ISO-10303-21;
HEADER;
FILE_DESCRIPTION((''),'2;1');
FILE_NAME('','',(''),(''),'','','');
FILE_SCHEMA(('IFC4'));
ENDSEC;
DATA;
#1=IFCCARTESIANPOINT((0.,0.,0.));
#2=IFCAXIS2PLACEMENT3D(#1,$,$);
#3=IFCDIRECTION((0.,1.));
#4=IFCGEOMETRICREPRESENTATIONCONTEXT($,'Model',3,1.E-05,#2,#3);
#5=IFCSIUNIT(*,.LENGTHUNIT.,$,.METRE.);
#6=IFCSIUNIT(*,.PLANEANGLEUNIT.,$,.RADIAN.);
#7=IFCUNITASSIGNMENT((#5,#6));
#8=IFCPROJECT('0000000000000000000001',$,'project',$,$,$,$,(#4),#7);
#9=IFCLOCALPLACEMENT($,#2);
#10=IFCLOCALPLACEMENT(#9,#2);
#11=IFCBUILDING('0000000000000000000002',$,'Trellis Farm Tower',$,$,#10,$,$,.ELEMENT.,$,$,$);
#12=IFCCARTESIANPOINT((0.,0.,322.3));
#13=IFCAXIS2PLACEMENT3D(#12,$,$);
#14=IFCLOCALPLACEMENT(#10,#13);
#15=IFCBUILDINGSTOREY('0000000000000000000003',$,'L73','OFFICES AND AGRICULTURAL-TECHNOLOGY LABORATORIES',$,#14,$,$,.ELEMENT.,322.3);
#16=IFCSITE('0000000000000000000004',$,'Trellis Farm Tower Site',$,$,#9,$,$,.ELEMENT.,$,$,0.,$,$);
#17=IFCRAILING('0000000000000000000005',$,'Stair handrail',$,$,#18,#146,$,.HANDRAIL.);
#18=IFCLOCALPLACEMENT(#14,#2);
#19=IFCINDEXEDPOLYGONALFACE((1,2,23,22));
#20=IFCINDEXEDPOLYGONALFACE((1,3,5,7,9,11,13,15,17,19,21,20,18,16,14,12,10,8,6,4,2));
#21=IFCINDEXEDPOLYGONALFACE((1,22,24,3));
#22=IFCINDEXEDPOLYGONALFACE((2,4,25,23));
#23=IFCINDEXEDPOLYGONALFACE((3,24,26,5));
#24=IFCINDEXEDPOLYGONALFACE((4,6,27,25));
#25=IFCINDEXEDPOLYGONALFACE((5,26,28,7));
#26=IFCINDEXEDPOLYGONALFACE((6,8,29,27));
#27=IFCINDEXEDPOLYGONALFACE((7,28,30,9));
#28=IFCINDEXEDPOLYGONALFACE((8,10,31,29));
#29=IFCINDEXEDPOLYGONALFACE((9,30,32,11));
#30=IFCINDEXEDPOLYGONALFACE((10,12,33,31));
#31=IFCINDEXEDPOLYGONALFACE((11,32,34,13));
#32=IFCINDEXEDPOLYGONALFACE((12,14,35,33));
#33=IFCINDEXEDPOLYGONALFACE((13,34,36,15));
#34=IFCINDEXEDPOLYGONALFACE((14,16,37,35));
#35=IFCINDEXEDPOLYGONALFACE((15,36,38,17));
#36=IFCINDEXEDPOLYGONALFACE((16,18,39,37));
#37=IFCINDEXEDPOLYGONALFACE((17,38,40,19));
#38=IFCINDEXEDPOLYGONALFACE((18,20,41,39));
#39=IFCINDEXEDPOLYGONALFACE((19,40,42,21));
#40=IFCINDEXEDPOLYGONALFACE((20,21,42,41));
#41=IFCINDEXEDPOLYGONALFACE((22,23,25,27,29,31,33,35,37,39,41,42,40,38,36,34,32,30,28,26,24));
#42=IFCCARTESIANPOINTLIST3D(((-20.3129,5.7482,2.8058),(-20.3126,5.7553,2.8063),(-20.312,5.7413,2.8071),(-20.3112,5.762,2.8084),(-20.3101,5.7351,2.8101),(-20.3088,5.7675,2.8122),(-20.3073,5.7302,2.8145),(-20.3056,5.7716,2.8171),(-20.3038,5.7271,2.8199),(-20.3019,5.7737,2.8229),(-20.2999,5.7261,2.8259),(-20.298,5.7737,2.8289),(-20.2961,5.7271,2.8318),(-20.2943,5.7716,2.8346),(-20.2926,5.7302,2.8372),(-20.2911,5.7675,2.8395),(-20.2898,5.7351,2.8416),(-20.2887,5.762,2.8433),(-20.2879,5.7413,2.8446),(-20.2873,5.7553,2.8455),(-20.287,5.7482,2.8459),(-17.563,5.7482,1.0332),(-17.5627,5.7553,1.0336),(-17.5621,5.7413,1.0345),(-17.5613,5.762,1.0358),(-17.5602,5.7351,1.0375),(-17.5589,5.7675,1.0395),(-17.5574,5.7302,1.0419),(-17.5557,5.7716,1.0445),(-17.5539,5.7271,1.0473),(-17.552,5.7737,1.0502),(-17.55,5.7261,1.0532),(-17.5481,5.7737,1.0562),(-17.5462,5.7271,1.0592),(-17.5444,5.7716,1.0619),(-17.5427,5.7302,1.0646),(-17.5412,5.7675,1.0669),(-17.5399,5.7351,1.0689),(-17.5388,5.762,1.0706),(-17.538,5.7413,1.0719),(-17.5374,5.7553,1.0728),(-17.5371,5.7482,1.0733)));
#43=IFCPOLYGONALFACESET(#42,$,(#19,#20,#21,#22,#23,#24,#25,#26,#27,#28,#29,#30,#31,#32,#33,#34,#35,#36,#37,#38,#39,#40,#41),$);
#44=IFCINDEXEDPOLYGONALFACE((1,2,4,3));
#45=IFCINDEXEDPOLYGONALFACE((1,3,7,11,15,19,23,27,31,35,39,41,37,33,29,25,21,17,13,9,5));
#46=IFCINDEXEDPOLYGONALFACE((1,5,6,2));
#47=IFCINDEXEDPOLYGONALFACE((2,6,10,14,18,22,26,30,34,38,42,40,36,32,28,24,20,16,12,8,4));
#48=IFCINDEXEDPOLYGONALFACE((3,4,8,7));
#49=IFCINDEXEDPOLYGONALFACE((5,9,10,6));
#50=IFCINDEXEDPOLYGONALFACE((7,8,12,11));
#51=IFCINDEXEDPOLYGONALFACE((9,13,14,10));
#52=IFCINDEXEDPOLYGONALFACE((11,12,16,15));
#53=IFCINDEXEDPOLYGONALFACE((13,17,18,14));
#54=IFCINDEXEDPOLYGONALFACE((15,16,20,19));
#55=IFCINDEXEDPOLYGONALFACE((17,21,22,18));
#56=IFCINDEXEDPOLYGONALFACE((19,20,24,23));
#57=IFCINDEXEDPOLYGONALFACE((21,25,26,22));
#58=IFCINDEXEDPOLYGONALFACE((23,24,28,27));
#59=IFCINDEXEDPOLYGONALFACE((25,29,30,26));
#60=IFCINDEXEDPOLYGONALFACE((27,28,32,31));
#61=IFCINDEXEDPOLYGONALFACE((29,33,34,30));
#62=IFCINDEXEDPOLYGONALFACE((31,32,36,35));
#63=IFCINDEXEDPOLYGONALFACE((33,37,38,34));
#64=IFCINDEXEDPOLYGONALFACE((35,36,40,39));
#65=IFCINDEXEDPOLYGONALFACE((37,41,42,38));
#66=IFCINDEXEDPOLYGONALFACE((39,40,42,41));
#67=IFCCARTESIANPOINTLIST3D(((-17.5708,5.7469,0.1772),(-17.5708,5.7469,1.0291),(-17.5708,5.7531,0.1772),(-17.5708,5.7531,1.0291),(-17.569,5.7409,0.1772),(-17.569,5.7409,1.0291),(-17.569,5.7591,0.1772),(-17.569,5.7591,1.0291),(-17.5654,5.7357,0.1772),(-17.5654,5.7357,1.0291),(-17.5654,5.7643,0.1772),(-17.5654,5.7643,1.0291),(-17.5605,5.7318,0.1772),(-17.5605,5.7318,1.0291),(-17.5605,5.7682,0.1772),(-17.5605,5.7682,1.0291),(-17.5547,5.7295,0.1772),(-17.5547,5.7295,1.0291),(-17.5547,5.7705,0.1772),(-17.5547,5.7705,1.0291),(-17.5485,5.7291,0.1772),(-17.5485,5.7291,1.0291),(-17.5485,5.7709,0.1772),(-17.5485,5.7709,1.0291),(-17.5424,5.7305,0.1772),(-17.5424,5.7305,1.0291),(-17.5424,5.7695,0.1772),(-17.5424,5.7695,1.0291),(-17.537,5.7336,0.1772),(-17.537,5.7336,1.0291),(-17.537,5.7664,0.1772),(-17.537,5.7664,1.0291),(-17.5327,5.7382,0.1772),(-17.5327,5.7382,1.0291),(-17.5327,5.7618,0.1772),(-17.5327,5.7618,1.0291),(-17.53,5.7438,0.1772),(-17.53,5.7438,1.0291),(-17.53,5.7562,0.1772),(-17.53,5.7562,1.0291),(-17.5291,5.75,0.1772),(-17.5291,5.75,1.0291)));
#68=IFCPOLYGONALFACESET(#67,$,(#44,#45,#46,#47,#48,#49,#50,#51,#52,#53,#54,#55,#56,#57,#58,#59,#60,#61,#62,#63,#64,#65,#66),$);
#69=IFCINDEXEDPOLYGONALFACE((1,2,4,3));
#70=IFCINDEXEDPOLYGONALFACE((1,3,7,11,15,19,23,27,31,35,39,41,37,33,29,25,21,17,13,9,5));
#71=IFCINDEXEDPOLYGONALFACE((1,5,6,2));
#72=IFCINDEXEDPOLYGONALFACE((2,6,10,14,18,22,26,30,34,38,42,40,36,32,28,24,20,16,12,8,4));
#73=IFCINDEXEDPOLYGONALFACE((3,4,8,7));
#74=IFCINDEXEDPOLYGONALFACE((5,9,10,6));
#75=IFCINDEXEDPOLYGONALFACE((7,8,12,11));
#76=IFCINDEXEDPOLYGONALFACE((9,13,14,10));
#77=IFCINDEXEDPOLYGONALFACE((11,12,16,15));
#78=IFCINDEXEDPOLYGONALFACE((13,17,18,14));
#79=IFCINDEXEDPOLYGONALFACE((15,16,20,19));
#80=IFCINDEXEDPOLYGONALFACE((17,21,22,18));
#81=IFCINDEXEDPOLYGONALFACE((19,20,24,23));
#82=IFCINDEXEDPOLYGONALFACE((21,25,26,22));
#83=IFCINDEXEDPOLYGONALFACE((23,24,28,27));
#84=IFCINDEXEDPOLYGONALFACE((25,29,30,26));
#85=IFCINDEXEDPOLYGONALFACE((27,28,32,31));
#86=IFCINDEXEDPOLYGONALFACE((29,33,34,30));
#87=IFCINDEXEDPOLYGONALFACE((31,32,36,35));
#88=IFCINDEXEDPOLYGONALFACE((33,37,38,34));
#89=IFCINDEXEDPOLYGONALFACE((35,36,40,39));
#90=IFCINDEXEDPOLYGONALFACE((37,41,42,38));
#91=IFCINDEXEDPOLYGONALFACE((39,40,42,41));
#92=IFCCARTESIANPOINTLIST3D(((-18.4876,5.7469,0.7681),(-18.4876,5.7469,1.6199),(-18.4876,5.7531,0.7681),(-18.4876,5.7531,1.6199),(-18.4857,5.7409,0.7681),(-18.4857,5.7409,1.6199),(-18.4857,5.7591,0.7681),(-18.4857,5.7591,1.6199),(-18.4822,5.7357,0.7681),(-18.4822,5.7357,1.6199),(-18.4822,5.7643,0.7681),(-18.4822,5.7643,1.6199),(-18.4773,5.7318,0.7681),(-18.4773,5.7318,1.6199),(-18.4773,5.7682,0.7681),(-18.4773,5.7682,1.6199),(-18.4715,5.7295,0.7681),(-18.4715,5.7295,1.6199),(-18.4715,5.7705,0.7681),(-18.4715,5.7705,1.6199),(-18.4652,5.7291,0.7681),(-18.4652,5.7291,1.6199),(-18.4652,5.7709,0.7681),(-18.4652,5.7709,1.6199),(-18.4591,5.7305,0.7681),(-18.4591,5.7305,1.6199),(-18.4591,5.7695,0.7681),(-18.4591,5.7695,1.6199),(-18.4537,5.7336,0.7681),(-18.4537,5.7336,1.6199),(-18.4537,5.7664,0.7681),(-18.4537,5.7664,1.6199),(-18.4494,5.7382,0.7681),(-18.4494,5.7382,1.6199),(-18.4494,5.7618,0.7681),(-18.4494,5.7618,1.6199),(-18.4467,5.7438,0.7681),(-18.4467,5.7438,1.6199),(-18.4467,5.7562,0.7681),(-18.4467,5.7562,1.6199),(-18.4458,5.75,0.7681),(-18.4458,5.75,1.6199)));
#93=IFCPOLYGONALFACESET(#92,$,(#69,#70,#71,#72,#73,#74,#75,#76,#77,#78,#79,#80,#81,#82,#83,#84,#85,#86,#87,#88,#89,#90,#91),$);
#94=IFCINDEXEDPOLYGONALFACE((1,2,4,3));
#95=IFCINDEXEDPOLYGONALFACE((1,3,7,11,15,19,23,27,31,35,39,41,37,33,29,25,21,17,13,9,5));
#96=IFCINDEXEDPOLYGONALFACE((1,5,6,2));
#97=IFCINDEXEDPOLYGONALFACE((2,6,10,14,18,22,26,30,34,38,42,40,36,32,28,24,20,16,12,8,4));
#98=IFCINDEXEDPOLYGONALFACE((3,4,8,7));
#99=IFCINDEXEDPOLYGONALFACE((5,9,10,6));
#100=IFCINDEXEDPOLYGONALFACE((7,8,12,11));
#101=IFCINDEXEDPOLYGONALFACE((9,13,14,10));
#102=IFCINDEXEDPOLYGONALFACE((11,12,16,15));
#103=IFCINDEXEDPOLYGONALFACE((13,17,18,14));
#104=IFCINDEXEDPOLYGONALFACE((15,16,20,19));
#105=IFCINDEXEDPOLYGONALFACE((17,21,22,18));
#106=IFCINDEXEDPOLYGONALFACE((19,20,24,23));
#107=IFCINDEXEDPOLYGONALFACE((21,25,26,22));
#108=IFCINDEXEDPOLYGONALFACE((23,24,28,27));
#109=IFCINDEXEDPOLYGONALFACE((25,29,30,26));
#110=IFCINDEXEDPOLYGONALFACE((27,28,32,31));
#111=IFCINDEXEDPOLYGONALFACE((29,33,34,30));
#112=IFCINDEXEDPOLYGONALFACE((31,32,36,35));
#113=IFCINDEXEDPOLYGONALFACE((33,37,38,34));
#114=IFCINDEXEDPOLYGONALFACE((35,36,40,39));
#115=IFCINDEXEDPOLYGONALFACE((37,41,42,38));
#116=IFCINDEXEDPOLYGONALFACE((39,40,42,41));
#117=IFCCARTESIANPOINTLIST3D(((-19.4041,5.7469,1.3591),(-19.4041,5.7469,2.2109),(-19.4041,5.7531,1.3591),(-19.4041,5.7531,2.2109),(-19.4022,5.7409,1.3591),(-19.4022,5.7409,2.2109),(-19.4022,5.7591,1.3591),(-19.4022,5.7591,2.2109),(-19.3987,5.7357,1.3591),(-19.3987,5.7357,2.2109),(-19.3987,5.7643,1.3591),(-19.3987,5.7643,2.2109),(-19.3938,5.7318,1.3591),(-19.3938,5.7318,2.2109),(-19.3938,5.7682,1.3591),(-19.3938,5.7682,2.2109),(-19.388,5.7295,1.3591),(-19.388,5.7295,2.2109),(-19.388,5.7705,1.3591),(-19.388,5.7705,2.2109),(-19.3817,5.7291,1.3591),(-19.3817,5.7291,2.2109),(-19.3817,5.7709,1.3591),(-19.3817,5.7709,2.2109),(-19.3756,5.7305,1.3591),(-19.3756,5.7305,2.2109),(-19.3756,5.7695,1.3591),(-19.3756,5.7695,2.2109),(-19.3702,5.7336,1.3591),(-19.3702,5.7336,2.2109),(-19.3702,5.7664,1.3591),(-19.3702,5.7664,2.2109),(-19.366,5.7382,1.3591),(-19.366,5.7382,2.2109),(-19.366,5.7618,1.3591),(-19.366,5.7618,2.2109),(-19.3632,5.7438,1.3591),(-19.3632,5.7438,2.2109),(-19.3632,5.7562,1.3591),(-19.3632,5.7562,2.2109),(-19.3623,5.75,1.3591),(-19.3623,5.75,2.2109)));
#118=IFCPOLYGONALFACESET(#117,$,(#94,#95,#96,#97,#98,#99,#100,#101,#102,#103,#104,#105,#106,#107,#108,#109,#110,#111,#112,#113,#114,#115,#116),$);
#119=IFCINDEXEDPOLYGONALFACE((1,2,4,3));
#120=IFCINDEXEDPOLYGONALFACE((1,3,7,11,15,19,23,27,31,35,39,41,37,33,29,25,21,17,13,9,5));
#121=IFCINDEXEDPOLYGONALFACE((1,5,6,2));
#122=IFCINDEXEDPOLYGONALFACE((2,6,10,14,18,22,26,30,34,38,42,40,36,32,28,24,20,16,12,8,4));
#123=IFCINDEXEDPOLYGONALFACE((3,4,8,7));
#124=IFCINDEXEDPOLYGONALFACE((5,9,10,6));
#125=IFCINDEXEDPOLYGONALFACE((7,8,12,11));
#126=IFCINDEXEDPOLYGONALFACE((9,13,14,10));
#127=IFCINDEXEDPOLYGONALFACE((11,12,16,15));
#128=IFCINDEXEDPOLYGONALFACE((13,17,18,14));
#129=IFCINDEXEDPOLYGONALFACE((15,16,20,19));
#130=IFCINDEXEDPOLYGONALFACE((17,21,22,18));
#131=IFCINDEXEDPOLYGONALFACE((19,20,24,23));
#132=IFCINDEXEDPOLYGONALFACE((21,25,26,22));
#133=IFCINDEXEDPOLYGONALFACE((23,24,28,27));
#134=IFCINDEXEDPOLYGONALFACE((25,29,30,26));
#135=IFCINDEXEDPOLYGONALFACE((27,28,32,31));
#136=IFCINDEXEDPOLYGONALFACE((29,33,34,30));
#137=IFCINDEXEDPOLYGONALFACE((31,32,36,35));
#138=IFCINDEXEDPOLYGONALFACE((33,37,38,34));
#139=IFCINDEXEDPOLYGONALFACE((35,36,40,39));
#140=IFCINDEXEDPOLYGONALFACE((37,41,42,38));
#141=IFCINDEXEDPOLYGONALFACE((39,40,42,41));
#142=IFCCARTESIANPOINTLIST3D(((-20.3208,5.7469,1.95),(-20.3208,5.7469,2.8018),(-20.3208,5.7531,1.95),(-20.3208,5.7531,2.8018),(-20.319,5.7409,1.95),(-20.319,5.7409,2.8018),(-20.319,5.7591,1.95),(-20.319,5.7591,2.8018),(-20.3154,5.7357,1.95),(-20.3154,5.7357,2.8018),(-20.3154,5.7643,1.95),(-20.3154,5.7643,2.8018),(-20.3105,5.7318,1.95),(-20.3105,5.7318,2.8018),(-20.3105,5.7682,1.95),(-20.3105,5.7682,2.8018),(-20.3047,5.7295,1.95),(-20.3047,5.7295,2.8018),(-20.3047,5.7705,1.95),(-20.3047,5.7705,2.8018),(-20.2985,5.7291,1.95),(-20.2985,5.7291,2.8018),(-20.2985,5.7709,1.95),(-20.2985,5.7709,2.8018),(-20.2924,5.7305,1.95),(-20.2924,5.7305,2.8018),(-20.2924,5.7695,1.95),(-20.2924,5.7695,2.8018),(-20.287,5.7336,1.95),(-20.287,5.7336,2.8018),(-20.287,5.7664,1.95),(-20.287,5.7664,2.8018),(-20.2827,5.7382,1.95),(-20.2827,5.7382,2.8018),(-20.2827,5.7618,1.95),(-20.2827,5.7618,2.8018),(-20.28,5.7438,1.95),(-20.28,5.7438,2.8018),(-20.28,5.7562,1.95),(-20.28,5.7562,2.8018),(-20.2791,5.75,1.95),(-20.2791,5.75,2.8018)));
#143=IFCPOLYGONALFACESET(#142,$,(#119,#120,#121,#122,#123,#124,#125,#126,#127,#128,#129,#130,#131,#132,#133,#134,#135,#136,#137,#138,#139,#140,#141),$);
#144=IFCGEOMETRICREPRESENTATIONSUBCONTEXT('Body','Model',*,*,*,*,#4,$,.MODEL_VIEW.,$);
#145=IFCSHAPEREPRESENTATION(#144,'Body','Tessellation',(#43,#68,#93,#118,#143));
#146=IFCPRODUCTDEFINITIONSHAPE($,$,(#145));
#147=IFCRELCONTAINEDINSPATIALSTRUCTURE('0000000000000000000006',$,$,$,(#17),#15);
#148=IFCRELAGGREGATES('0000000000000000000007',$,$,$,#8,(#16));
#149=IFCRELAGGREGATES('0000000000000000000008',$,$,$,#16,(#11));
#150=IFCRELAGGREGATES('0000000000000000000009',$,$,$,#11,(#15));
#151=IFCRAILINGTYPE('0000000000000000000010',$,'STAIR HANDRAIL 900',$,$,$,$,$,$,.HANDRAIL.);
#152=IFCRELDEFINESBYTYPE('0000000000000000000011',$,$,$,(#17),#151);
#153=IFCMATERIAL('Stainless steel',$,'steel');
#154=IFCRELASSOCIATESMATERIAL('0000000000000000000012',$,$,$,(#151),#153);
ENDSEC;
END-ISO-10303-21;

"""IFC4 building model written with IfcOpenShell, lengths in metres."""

from ifc_helpers import new_model, si_unit, direction, frame, origin, origin_2d, place, context, subcontext, project, spatial, circle, extrude, source, transform, mapped, material, type_object, element, save


model = new_model("IFC4")

# Units and contexts
model_context = context("Model", 3, precision=1e-05, world=origin(), true_north=direction((0.0, 1.0)))
body_context = subcontext(model_context, "Body", "Model", "MODEL_VIEW")
ifc_project = project(units=[si_unit("LENGTHUNIT", "METRE"), si_unit("PLANEANGLEUNIT", "RADIAN")], contexts=[model_context])

# Site, building, storey
site_placement = place(None, origin())
site = spatial("IfcSite", under=ifc_project, at=site_placement, Name="Trellis Farm Tower Site", CompositionType="ELEMENT", RefElevation=0.0)
building_placement = place(site_placement, origin())
building = spatial("IfcBuilding", under=site, at=building_placement, Name="Trellis Farm Tower", CompositionType="ELEMENT")
storey_placement = place(building_placement, frame((0.0, 0.0, 322.3)))
storey = spatial("IfcBuildingStorey", under=building, at=storey_placement, Name="L73", Description="OFFICES AND AGRICULTURAL-TECHNOLOGY LABORATORIES", CompositionType="ELEMENT", Elevation=322.3)

# Railing
ifc_material_1 = material(Name="Stainless steel", Category="steel")
railing_type = type_object("IfcRailingType", Name="STAIR HANDRAIL 900", PredefinedType="HANDRAIL", material=ifc_material_1)
shared_shape_1 = source(origin(), body_context, "Body", "SweptSolid", [
    extrude(circle(Radius=0.0239, at=origin_2d()), frame((0.0, 0.0, 0.876), z_axis=(-0.840504, 0.0, 0.541806), x_axis=(0.0, -1.0, 0.0)), (0.0, 0.0, 1.0), 3.2717),
    extrude(circle(Radius=0.021, at=origin_2d()), origin(), (0.0, 0.0, 1.0), 0.8518),
    extrude(circle(Radius=0.021, at=origin_2d()), frame((-0.9167, 0.0, 0.5908)), (0.0, 0.0, 1.0), 0.8518),
    extrude(circle(Radius=0.021, at=origin_2d()), frame((-1.8333, 0.0, 1.1819)), (0.0, 0.0, 1.0), 0.8518),
    extrude(circle(Radius=0.021, at=origin_2d()), frame((-2.75, 0.0, 1.7727)), (0.0, 0.0, 1.0), 0.8518),
])
for number, where, name in (
    (1, (-17.55, 5.75, 0.1772), "Stair handrail"),
):
    element("IfcRailing", number, at=place(storey_placement, frame(where)), inside=storey, type_object=railing_type, Name=name, PredefinedType="HANDRAIL", context=body_context, shape_type="MappedRepresentation", body=[
        mapped(shared_shape_1, transform((0.0, 0.0, 0.0))),
    ])

save(model, "model.ifc")
